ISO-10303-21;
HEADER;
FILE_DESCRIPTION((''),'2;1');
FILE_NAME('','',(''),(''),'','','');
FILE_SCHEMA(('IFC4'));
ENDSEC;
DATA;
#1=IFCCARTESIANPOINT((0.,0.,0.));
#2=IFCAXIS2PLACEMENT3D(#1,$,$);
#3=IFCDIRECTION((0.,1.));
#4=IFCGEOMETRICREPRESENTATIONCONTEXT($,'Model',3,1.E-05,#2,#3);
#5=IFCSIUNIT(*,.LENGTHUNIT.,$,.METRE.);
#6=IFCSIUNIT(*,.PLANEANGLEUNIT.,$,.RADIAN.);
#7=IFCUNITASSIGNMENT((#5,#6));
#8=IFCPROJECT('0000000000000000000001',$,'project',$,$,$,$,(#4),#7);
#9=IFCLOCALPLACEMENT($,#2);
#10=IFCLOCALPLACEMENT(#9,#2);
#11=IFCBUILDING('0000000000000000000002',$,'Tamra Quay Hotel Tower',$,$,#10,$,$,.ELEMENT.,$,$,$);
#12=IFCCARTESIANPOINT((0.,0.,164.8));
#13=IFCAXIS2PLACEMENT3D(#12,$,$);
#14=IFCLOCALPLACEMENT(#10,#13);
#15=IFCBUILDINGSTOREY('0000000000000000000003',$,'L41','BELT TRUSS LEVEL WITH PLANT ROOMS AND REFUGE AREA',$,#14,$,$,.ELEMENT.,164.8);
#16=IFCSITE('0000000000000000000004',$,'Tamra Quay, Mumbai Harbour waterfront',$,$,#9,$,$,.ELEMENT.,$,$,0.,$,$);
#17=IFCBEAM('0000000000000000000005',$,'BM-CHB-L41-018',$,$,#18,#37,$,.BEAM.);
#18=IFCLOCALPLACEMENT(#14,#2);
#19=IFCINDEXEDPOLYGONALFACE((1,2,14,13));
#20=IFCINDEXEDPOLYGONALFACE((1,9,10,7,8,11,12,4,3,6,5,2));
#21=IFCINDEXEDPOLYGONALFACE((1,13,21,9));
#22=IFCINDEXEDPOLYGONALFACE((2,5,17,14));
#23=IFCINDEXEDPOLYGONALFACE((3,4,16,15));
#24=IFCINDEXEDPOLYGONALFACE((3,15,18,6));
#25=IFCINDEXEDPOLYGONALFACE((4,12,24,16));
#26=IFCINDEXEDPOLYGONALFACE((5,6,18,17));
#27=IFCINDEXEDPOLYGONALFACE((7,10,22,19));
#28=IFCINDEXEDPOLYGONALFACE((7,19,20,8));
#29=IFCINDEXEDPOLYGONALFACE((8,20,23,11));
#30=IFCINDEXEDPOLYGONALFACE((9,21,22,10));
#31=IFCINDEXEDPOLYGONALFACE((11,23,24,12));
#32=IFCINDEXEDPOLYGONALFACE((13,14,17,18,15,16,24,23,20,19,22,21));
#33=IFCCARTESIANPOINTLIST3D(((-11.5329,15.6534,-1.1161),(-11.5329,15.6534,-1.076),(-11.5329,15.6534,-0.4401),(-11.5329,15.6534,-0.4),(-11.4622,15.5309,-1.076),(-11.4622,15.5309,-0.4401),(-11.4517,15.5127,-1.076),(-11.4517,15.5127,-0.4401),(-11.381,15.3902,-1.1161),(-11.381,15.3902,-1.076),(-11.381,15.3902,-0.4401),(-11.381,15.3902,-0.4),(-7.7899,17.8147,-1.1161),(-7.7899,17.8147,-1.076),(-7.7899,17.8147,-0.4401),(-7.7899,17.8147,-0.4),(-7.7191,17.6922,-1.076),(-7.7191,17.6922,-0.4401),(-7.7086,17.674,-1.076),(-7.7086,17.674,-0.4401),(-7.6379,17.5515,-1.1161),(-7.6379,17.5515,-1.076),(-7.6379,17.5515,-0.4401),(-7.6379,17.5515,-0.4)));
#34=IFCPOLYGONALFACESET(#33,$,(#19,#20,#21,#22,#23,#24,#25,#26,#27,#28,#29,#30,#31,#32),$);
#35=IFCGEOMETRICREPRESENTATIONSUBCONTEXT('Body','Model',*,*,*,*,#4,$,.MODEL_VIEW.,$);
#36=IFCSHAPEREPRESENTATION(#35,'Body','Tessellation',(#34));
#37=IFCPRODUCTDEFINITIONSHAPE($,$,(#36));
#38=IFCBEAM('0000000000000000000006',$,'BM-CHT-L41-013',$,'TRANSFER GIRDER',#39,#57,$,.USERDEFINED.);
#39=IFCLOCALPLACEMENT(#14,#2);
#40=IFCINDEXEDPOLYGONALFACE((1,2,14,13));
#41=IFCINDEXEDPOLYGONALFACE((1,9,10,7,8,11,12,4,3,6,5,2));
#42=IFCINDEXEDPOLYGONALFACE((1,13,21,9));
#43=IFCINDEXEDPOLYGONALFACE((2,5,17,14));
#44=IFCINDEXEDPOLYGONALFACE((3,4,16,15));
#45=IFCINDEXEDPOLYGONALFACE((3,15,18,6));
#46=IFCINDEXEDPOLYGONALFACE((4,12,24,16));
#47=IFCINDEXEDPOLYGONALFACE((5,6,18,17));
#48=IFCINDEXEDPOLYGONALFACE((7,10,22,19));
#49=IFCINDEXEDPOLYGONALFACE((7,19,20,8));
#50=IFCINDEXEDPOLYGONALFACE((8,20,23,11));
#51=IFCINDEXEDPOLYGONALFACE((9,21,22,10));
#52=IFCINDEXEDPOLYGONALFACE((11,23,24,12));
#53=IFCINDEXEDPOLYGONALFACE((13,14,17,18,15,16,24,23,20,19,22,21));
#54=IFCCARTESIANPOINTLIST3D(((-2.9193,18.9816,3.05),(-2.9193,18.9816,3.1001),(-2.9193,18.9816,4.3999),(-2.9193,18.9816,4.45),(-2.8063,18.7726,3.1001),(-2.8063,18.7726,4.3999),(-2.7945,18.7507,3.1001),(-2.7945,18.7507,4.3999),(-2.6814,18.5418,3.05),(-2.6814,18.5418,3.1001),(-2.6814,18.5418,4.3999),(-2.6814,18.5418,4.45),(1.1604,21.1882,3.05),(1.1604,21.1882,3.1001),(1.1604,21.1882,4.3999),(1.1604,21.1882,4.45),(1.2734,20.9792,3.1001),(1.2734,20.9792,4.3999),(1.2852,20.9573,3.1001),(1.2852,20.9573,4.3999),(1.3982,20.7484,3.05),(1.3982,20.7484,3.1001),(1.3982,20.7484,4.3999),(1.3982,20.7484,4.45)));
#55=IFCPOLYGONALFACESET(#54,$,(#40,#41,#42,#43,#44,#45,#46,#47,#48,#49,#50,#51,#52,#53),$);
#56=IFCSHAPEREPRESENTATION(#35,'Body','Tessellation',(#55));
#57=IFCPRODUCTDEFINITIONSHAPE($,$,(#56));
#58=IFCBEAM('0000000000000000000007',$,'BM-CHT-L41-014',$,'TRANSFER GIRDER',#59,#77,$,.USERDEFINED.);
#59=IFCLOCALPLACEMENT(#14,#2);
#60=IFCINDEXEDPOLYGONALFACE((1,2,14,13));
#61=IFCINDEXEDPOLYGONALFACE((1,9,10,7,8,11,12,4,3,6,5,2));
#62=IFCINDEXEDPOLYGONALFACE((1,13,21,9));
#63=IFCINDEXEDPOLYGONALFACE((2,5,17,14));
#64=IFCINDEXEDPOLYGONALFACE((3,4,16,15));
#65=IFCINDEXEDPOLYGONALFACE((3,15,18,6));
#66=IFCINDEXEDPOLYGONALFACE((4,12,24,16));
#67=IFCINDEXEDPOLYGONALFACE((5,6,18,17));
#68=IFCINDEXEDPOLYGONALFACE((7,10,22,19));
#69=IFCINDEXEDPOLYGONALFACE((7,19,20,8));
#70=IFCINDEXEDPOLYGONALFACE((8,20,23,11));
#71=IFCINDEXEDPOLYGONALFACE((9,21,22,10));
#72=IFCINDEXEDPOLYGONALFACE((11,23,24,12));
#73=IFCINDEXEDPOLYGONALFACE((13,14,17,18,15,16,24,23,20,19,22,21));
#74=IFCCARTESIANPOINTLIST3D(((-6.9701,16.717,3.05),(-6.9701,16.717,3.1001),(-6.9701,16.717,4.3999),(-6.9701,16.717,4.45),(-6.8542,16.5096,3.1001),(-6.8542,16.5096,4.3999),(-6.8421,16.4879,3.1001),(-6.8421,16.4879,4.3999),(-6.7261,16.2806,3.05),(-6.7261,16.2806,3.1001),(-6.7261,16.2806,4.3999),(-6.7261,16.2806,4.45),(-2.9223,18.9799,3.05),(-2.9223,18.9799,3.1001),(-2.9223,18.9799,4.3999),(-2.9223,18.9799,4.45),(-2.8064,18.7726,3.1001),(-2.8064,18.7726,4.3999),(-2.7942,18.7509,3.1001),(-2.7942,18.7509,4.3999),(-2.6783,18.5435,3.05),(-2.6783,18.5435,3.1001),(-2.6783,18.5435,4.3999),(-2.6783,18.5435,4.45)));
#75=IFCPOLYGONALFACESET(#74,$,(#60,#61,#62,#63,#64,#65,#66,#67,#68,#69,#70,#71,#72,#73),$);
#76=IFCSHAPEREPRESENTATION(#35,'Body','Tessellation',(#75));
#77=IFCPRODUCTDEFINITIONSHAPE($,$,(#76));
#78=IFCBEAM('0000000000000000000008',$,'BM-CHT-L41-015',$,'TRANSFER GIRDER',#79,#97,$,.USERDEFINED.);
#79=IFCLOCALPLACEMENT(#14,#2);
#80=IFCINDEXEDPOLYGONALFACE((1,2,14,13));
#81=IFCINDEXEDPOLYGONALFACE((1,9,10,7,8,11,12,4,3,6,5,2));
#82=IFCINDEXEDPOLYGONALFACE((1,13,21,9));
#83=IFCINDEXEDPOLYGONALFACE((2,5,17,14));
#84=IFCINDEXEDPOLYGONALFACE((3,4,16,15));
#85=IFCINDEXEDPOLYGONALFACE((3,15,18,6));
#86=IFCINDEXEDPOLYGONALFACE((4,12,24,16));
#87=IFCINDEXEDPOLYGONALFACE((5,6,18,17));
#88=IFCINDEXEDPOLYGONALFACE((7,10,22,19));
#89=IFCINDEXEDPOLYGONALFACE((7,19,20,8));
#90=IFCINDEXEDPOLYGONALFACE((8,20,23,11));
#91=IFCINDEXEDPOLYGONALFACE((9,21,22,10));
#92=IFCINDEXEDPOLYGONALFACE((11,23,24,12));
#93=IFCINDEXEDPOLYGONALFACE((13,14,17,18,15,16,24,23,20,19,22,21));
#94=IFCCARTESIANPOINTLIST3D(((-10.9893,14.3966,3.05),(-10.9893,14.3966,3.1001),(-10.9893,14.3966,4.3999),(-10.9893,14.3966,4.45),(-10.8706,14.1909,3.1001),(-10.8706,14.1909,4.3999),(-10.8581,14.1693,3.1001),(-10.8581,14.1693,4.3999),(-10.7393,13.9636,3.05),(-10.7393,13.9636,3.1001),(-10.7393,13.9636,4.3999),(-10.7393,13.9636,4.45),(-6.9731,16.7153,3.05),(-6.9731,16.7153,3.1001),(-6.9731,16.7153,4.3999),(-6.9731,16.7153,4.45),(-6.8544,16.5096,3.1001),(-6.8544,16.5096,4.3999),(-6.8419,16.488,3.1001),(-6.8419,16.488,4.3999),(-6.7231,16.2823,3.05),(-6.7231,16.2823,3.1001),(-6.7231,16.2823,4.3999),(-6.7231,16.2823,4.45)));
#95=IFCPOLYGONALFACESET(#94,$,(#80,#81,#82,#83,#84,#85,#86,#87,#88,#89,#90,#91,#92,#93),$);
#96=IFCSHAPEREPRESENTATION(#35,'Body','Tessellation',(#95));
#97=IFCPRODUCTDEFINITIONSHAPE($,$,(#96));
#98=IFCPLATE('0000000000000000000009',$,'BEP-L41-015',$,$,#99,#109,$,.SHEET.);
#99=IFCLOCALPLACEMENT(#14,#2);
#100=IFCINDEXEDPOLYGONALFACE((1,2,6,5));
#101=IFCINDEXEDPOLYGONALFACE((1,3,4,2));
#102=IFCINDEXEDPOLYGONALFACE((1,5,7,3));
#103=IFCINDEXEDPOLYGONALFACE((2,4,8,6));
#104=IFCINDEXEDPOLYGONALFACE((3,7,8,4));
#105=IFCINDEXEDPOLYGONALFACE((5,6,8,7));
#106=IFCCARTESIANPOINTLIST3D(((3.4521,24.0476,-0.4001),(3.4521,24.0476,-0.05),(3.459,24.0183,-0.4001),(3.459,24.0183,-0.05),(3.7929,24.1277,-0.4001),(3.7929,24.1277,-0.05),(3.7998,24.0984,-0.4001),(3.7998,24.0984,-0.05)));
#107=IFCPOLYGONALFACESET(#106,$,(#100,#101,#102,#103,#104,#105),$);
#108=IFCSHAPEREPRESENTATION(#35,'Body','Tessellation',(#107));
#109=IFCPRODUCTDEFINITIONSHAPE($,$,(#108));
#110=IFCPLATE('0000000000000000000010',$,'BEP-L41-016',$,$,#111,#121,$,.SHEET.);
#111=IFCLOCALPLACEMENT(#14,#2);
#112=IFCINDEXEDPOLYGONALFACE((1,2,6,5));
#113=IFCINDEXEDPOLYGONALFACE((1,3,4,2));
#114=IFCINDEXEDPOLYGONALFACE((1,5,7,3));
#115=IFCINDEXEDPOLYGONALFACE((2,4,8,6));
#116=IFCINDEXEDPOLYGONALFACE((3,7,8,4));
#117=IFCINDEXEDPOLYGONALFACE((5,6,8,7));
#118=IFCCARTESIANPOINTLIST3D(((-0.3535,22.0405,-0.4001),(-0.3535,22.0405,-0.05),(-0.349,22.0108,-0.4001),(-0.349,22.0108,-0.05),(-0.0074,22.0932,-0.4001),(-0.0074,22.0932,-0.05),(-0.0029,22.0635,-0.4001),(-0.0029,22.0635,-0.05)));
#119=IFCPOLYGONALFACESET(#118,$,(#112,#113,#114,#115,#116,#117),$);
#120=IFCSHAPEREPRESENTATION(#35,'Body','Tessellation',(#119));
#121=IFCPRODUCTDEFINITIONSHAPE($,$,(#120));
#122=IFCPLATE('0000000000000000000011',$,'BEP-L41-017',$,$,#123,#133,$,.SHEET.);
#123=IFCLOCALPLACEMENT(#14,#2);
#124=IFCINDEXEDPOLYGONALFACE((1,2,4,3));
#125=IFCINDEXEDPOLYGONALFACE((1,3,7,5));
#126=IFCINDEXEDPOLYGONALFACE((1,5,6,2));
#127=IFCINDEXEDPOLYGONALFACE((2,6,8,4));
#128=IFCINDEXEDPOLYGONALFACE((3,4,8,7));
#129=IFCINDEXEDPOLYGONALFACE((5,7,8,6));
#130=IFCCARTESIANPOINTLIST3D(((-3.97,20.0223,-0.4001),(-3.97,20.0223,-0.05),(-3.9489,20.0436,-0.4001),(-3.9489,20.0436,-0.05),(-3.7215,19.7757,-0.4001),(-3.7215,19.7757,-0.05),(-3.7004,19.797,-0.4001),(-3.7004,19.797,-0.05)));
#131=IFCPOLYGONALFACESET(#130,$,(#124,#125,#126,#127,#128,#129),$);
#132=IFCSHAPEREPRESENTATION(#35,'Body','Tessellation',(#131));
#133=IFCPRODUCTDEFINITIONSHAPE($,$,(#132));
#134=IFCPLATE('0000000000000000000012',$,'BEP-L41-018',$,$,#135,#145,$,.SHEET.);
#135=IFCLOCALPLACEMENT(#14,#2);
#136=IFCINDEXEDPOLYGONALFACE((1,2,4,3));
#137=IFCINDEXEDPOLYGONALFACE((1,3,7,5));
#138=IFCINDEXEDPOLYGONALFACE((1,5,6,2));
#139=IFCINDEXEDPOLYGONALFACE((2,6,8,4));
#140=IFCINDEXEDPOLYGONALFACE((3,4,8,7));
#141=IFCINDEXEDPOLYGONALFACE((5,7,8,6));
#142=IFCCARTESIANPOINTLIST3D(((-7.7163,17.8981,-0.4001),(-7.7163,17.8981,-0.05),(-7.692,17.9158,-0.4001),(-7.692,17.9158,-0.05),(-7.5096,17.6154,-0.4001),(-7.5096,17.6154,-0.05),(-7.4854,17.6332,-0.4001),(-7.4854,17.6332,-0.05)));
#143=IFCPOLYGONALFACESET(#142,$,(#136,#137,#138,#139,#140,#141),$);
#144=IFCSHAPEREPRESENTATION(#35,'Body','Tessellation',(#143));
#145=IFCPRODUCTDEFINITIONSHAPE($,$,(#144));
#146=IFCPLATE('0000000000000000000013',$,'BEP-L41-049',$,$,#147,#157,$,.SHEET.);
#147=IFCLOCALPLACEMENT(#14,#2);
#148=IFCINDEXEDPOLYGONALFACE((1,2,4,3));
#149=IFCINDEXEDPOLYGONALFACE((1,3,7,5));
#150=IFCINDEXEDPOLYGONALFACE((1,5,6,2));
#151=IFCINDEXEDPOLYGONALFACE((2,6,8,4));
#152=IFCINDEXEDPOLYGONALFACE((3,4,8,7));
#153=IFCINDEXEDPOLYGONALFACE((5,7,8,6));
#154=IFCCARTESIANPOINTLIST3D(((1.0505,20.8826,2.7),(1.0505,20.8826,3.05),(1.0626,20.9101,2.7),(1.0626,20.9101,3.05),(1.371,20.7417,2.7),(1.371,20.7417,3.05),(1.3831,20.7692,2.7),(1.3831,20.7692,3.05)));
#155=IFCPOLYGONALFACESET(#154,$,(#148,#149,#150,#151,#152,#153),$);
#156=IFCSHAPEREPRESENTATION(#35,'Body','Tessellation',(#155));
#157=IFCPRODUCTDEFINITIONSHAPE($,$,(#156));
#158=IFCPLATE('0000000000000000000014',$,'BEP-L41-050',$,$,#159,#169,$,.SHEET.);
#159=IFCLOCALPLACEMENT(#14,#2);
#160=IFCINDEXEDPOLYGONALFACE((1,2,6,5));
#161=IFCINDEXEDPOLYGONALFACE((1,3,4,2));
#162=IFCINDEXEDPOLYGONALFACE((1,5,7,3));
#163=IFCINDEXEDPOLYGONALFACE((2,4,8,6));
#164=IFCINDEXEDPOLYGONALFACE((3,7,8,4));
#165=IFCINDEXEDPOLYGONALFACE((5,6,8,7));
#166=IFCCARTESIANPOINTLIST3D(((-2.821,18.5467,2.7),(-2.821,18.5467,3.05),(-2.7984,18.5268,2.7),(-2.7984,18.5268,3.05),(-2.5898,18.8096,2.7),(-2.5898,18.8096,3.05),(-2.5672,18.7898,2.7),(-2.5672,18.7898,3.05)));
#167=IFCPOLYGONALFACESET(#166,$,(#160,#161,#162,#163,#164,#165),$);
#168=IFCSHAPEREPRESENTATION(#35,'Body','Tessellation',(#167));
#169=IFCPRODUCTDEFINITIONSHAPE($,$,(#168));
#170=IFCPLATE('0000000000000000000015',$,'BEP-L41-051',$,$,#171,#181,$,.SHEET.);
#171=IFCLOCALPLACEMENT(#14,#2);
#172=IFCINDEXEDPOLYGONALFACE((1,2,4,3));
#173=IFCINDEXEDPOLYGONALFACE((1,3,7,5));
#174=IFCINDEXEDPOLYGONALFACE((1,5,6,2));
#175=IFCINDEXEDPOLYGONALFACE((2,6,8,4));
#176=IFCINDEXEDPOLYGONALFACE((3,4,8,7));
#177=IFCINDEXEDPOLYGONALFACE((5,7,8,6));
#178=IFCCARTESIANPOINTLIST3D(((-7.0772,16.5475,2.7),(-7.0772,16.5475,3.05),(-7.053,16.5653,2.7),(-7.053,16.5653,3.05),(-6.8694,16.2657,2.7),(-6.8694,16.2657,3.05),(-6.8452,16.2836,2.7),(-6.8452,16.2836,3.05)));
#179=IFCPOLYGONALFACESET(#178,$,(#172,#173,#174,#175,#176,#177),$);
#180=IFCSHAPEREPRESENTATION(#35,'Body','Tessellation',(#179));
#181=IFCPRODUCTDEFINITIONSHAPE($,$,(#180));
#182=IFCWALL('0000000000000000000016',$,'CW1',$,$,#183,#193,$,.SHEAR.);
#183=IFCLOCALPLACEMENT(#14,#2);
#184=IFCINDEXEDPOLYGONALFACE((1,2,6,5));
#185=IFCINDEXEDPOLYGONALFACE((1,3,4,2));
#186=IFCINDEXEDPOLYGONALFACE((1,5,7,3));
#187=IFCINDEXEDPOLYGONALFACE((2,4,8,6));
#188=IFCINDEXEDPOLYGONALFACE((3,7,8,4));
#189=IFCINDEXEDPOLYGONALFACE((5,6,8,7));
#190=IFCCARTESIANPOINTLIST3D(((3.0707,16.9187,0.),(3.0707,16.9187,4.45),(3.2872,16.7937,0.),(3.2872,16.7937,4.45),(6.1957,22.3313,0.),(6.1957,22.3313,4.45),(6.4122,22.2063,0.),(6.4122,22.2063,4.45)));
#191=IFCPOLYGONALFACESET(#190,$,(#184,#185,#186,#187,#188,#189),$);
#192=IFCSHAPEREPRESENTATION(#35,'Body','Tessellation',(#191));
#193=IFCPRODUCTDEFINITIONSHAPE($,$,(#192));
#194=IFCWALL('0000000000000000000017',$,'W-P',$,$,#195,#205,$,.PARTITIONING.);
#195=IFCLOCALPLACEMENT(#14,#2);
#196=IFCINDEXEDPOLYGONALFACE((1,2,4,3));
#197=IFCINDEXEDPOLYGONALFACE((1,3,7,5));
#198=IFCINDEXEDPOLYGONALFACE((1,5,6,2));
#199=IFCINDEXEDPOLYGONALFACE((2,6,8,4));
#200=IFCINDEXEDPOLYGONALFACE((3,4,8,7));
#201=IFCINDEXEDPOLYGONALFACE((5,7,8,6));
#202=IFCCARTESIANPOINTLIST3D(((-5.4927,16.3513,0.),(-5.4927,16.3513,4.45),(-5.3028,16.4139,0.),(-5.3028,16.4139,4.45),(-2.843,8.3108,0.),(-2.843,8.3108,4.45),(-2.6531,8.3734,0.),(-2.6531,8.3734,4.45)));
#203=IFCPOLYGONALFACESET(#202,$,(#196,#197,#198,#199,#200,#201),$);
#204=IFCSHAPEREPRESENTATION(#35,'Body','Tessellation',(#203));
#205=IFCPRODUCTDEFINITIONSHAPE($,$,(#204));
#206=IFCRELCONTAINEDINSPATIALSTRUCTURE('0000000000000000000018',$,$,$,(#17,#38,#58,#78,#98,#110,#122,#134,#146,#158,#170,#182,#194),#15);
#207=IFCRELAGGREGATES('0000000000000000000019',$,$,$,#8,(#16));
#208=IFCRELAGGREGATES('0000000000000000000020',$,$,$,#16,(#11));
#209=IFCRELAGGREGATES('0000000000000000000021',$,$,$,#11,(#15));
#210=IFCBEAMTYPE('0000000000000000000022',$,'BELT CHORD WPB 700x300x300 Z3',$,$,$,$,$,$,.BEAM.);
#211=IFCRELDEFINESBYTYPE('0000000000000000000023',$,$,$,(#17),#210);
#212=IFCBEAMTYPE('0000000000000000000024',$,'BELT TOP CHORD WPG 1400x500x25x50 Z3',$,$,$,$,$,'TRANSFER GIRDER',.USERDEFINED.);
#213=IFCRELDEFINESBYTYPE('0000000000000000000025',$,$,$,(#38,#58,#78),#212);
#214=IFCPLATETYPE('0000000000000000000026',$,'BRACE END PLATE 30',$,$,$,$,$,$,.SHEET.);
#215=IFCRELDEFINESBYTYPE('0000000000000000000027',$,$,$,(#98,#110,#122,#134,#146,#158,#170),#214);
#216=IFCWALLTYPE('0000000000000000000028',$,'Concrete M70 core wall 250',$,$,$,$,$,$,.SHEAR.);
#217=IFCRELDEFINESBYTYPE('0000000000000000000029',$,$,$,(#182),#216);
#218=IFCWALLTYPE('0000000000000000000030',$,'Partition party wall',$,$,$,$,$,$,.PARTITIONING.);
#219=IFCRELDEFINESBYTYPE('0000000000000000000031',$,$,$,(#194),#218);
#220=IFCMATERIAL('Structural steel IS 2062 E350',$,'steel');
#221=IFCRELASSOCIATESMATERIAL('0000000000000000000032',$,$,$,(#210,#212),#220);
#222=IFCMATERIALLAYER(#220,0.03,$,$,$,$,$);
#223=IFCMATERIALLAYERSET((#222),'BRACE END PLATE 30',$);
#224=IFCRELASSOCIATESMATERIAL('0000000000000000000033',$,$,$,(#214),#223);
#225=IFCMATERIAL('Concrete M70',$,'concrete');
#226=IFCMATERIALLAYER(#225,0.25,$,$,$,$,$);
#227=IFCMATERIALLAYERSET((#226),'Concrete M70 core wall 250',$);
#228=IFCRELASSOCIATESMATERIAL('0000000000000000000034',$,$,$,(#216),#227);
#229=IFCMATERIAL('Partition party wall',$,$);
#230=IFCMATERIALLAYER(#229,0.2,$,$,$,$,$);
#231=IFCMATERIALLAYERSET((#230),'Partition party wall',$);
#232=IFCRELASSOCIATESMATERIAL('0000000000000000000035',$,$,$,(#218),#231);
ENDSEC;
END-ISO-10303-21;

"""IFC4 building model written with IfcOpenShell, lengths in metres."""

from ifc_helpers import new_model, si_unit, direction, frame, frame_2d, origin, origin_2d, place, context, subcontext, project, spatial, rectangle, i_section, extrude, material, layer, layer_set, material_profile, profile_set, type_object, element, save


model = new_model("IFC4")

# Units and contexts
model_context = context("Model", 3, precision=1e-05, world=origin(), true_north=direction((0.0, 1.0)))
body_context = subcontext(model_context, "Body", "Model", "MODEL_VIEW")
ifc_project = project(units=[si_unit("LENGTHUNIT", "METRE"), si_unit("PLANEANGLEUNIT", "RADIAN")], contexts=[model_context])

# Site, building, storey
site_placement = place(None, origin())
site = spatial("IfcSite", under=ifc_project, at=site_placement, Name="Tamra Quay, Mumbai Harbour waterfront", CompositionType="ELEMENT", RefElevation=0.0)
building_placement = place(site_placement, origin())
building = spatial("IfcBuilding", under=site, at=building_placement, Name="Tamra Quay Hotel Tower", CompositionType="ELEMENT")
storey_placement = place(building_placement, frame((0.0, 0.0, 164.8)))
storey = spatial("IfcBuildingStorey", under=building, at=storey_placement, Name="L41", Description="BELT TRUSS LEVEL WITH PLANT ROOMS AND REFUGE AREA", CompositionType="ELEMENT", Elevation=164.8)

# Shared definitions
ifc_material_1 = material(Name="Structural steel IS 2062 E350", Category="steel")

# Beams
ifc_material_profile_1 = material_profile(ifc_material_1, i_section(OverallWidth=0.304, OverallDepth=0.7161, WebThickness=0.021, FlangeThickness=0.04, at=origin_2d()), Name="WPB 700x300x300")
ifc_profile_set_1 = profile_set([ifc_material_profile_1], Name="Structural steel IS 2062 E350")
beam_type_1 = type_object("IfcBeamType", Name="BELT CHORD WPB 700x300x300 Z3", PredefinedType="BEAM", material=ifc_profile_set_1)
beam_1_placement = place(storey_placement, frame((-7.7139, 17.6831, -0.7581), z_axis=(-0.865999, -0.500045, 0.0), x_axis=(0.500045, -0.865999, 0.0)))
element("IfcBeam", 1, at=beam_1_placement, inside=storey, type_object=beam_type_1, Name="BM-CHB-L41-018", PredefinedType="BEAM", context=body_context, shape_type="SweptSolid", body=[
    extrude(i_section(OverallWidth=0.304, OverallDepth=0.7161, WebThickness=0.021, FlangeThickness=0.04, at=origin_2d()), origin(), (0.0, 0.0, 1.0), 4.3223),
])
ifc_material_profile_2 = material_profile(ifc_material_1, i_section(OverallWidth=0.5, OverallDepth=1.3999, WebThickness=0.0249, FlangeThickness=0.05, at=origin_2d()), Name="WPG 1400x500x25x50")
ifc_profile_set_2 = profile_set([ifc_material_profile_2], Name="Structural steel IS 2062 E350")
beam_type_2 = type_object("IfcBeamType", Name="BELT TOP CHORD WPG 1400x500x25x50 Z3", ElementType="TRANSFER GIRDER", PredefinedType="USERDEFINED", material=ifc_profile_set_2)
beam_2_placement = place(storey_placement, frame((1.2793, 20.9683, 3.75), z_axis=(-0.879584, -0.475744, 0.0), x_axis=(0.475744, -0.879584, 0.0)))
element("IfcBeam", 2, at=beam_2_placement, inside=storey, type_object=beam_type_2, Name="BM-CHT-L41-013", ObjectType="TRANSFER GIRDER", PredefinedType="USERDEFINED", context=body_context, shape_type="SweptSolid", body=[
    extrude(i_section(OverallWidth=0.5, OverallDepth=1.3999, WebThickness=0.0249, FlangeThickness=0.05, at=origin_2d()), origin(), (0.0, 0.0, 1.0), 4.6382),
])
for number, where, z_axis, x_axis, name in (
    (3, (-2.8003, 18.7617, 3.75), (-0.87286, -0.48797, 0.0), (0.48797, -0.87286, 0.0), "BM-CHT-L41-014"),
    (4, (-6.8481, 16.4988, 3.75), (-0.866035, -0.499984, 0.0), (0.499984, -0.866035, 0.0), "BM-CHT-L41-015"),
):
    element("IfcBeam", number, at=place(storey_placement, frame(where, z_axis=z_axis, x_axis=x_axis)), inside=storey, type_object=beam_type_2, Name=name, ObjectType="TRANSFER GIRDER", PredefinedType="USERDEFINED", context=body_context, shape_type="SweptSolid", body=[
        extrude(i_section(OverallWidth=0.5, OverallDepth=1.3999, WebThickness=0.0249, FlangeThickness=0.05, at=origin_2d()), origin(), (0.0, 0.0, 1.0), 4.6375),
    ])

# Plates
ifc_layer_1 = layer(ifc_material_1, 0.03)
ifc_layer_set_1 = layer_set([ifc_layer_1], Name="BRACE END PLATE 30")
plate_type = type_object("IfcPlateType", Name="BRACE END PLATE 30", PredefinedType="SHEET", material=ifc_layer_set_1)
for number, where, z_axis, x_axis, name in (
    (5, (3.626, 24.073, -0.4001), (0.0, 0.0, 1.0), (-0.228861, 0.973459, 0.0), "BEP-L41-015"),
    (6, (-0.1782, 22.052, -0.4001), (0.0, 0.0, 1.0), (-0.150471, 0.988614, 0.0), "BEP-L41-016"),
    (7, (-3.8352, 19.9097, -0.4001), (0.0, 0.0, 1.0), (0.704313, 0.709889, 0.0), "BEP-L41-017"),
    (8, (-7.6008, 17.7656, -0.4001), (0.0, 0.0, 1.0), (0.807295, 0.590148, 0.0), "BEP-L41-018"),
    (9, (1.2168, 20.8259, 2.7), (0.0, 0.0, 1.0), (0.402405, 0.915462, 0.0), "BEP-L41-049"),
    (10, (-2.6941, 18.6682, 2.7), (0.0, 0.0, 1.0), (-0.750997, 0.660306, 0.0), "BEP-L41-050"),
    (11, (-6.9612, 16.4155, 2.7), (0.0, 0.0, 1.0), (0.80475, 0.593614, 0.0), "BEP-L41-051"),
):
    element("IfcPlate", number, at=place(storey_placement, frame(where, z_axis=z_axis, x_axis=x_axis)), inside=storey, type_object=plate_type, Name=name, PredefinedType="SHEET", context=body_context, shape_type="SweptSolid", body=[
        extrude(rectangle(XDim=0.03, YDim=0.3501, at=origin_2d()), origin(), (0.0, 0.0, 1.0), 0.3501),
    ])

# Walls
ifc_material_2 = material(Name="Concrete M70", Category="concrete")
ifc_layer_2 = layer(ifc_material_2, 0.25)
ifc_layer_set_2 = layer_set([ifc_layer_2], Name="Concrete M70 core wall 250")
wall_type_1 = type_object("IfcWallType", Name="Concrete M70 core wall 250", PredefinedType="SHEAR", material=ifc_layer_set_2)
wall_1_placement = place(storey_placement, frame((3.179, 16.8562, 0.0), z_axis=(0.0, 0.0, 1.0), x_axis=(0.500004, 0.866023, 0.0)))
element("IfcWall", 12, at=wall_1_placement, inside=storey, type_object=wall_type_1, Name="CW1", PredefinedType="SHEAR", context=body_context, shape_type="SweptSolid", body=[
    extrude(rectangle(XDim=6.25, YDim=0.25, at=frame_2d((3.125, 0.0))), origin(), (0.0, 0.0, 1.0), 4.45),
])
ifc_material_3 = material(Name="Partition party wall")
ifc_layer_3 = layer(ifc_material_3, 0.2)
ifc_layer_set_3 = layer_set([ifc_layer_3], Name="Partition party wall")
wall_type_2 = type_object("IfcWallType", Name="Partition party wall", PredefinedType="PARTITIONING", material=ifc_layer_set_3)
wall_2_placement = place(storey_placement, frame((-5.3977, 16.3826, 0.0), z_axis=(0.0, 0.0, 1.0), x_axis=(0.312982, -0.949759, 0.0)))
element("IfcWall", 13, at=wall_2_placement, inside=storey, type_object=wall_type_2, Name="W-P", PredefinedType="PARTITIONING", context=body_context, shape_type="SweptSolid", body=[
    extrude(rectangle(XDim=8.4658, YDim=0.2, at=frame_2d((4.2329, 0.0))), origin(), (0.0, 0.0, 1.0), 4.45),
])

save(model, "model.ifc")
